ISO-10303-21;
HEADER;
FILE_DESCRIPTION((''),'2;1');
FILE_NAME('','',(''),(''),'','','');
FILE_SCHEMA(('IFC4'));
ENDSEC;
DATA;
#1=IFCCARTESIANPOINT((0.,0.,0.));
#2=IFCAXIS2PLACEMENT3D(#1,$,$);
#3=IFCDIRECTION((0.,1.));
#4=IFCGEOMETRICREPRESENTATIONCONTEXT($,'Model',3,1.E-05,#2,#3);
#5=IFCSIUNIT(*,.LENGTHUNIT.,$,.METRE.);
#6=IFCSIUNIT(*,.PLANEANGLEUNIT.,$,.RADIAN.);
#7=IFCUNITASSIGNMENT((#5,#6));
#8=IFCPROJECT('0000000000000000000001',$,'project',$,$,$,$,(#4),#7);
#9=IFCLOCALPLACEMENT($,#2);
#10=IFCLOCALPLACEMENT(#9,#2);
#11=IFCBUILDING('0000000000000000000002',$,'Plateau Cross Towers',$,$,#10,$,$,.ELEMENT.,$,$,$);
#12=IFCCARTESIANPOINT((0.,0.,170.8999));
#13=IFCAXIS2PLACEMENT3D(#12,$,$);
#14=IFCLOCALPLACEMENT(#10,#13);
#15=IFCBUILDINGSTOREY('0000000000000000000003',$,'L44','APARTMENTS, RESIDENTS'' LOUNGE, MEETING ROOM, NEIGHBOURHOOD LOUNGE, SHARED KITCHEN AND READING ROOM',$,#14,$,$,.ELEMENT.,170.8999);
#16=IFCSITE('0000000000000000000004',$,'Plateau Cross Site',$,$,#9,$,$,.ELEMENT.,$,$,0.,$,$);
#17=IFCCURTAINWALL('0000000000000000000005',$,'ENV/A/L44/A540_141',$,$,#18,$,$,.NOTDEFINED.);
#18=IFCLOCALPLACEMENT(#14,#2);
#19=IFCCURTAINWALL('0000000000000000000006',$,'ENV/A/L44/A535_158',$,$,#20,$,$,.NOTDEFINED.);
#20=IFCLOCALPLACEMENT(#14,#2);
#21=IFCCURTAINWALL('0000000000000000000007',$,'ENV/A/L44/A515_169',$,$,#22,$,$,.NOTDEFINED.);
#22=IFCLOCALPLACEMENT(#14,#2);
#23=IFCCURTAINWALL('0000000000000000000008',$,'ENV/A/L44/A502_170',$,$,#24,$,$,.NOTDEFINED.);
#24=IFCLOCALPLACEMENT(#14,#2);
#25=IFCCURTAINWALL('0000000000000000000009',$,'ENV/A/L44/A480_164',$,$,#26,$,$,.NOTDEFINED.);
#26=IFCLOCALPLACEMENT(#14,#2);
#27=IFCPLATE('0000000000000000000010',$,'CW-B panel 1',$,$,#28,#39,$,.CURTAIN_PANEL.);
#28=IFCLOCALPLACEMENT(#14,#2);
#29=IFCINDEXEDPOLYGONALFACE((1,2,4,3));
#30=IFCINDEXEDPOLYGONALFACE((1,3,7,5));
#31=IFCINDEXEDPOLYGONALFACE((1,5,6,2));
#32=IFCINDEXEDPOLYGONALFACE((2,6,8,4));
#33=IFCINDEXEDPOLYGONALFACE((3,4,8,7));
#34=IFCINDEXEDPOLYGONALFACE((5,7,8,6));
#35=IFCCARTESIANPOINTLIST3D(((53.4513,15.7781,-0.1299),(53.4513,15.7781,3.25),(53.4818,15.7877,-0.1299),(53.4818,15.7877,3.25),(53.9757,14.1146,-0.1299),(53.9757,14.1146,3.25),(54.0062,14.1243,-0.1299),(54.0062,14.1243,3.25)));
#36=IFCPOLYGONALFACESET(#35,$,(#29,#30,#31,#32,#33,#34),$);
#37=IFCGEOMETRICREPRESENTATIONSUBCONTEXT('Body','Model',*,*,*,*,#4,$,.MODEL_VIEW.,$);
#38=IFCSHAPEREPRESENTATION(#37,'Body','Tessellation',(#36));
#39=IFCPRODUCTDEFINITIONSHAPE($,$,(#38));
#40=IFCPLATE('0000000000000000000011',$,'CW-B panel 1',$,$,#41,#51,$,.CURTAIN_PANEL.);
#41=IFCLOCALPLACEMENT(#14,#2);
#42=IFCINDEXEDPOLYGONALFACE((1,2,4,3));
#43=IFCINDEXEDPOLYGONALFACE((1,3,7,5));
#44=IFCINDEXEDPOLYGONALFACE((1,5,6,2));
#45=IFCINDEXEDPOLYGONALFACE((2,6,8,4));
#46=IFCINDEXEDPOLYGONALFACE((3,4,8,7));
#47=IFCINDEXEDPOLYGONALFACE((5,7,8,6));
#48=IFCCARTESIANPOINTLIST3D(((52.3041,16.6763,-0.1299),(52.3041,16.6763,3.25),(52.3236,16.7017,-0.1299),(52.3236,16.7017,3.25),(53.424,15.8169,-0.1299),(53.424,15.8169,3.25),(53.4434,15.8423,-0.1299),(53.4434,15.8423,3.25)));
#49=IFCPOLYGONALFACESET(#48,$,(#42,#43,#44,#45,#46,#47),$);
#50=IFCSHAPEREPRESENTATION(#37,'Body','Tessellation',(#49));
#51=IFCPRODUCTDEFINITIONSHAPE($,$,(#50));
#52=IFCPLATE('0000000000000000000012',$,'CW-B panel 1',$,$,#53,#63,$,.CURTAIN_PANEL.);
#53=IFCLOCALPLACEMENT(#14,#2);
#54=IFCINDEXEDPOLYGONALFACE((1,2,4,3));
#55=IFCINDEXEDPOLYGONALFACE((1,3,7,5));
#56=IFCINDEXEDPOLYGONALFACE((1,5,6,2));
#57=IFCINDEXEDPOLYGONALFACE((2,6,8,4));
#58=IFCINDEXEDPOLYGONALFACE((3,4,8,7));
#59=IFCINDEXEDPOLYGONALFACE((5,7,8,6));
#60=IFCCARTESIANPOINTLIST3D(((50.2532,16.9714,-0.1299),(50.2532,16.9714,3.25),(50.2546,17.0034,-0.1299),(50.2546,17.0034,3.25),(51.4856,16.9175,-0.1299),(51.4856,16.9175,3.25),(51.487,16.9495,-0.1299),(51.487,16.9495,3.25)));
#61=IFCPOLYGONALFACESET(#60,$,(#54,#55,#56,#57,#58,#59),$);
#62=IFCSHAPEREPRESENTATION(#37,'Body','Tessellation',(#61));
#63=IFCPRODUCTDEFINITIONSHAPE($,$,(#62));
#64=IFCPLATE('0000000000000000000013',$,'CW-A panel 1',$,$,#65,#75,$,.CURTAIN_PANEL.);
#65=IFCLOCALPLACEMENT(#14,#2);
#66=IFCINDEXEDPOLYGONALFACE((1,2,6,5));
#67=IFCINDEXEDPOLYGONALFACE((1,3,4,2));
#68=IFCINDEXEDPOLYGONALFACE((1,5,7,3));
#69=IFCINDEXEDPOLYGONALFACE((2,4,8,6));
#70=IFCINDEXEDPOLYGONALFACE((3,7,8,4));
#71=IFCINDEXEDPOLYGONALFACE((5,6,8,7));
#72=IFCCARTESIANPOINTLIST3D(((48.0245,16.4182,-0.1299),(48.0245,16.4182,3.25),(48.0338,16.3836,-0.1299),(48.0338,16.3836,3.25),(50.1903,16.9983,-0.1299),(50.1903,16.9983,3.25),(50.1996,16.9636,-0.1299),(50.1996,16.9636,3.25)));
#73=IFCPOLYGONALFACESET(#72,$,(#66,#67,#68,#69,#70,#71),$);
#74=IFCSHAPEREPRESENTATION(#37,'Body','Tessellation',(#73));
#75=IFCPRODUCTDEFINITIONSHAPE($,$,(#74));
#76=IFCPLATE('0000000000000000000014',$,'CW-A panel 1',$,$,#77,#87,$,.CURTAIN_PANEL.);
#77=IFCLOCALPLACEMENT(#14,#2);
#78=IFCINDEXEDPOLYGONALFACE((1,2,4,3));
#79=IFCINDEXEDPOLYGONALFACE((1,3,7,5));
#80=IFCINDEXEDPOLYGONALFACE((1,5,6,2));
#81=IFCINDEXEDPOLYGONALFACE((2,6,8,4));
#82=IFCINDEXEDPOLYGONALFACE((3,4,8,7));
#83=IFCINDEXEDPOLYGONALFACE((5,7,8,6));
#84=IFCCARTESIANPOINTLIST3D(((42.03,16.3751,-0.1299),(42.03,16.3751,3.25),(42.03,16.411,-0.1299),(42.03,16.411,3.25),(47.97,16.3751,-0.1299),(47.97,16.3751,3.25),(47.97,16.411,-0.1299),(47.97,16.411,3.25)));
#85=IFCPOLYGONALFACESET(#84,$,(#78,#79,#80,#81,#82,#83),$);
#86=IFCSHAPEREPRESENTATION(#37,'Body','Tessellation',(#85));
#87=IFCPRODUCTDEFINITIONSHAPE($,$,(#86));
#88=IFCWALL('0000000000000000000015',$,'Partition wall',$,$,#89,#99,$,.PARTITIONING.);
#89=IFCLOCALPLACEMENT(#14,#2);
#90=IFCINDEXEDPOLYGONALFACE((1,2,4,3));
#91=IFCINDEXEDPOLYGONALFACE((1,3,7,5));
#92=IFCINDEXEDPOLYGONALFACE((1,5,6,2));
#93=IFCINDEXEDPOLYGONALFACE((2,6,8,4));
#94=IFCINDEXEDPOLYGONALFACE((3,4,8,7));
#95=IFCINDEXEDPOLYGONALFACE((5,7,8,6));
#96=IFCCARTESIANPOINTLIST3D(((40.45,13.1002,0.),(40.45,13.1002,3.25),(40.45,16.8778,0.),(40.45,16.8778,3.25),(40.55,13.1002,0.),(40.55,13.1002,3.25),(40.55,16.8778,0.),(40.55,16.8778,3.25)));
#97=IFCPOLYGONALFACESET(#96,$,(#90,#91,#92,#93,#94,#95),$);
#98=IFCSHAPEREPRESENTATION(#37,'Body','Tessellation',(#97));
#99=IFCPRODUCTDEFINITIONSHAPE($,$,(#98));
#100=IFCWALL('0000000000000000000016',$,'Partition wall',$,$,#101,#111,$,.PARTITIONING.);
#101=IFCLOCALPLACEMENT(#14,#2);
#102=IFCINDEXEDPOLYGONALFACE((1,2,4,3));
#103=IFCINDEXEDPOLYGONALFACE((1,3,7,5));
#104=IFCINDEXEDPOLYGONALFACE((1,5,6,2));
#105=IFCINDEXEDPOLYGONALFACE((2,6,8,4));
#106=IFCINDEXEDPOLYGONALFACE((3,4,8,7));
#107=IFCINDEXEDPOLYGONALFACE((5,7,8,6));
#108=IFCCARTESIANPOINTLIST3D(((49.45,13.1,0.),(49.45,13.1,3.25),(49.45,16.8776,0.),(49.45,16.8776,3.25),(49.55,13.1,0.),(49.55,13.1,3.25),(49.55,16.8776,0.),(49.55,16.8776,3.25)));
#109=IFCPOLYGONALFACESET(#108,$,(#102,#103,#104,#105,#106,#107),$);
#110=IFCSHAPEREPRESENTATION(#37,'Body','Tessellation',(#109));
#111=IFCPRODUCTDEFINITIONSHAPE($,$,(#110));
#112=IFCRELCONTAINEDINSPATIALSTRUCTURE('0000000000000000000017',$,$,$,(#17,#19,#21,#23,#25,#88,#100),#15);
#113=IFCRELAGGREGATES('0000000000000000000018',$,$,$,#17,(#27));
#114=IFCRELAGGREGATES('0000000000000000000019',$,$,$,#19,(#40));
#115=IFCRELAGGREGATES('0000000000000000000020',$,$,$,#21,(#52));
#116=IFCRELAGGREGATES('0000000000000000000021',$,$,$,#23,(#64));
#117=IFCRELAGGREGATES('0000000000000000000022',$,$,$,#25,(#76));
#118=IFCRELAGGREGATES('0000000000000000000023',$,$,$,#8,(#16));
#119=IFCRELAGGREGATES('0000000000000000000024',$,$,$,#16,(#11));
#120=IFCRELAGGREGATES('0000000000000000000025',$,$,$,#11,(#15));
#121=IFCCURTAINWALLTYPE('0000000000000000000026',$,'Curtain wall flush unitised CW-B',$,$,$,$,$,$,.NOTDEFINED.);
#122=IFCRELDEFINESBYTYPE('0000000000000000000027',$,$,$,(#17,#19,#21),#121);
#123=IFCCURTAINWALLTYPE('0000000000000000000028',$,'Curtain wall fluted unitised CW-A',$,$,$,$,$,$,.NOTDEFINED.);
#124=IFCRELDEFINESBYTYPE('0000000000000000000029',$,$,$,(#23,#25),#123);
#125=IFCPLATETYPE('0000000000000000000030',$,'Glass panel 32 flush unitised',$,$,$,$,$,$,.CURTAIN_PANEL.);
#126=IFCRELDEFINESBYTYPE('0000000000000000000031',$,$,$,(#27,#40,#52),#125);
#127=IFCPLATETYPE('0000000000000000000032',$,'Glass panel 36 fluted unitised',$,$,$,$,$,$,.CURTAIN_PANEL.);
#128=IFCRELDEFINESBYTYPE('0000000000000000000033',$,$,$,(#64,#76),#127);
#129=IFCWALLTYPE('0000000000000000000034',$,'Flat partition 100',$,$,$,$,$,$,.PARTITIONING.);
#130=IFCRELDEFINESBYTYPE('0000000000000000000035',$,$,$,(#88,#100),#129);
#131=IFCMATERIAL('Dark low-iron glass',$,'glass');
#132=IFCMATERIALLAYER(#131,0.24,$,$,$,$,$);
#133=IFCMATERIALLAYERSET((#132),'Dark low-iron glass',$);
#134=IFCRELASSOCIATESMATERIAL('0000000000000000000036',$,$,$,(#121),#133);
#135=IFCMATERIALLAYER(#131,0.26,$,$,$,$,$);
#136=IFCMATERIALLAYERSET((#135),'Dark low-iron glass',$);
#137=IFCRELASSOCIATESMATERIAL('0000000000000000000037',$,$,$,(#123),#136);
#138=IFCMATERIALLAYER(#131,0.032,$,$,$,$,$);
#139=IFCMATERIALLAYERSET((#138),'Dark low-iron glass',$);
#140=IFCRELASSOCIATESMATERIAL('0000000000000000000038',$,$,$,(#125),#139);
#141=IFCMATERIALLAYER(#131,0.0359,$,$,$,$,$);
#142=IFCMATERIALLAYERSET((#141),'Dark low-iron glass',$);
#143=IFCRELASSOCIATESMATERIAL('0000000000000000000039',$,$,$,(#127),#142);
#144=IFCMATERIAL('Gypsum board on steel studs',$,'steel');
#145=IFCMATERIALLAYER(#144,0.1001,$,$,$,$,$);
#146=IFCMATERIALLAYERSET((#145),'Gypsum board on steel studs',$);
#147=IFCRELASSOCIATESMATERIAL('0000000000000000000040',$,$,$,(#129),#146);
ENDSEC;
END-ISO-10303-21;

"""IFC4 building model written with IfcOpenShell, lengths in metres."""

from ifc_helpers import new_model, si_unit, direction, frame, frame_2d, origin, origin_2d, place, context, subcontext, project, spatial, rectangle, extrude, material, layer, layer_set, type_object, element, aggregate, save


model = new_model("IFC4")

# Units and contexts
model_context = context("Model", 3, precision=1e-05, world=origin(), true_north=direction((0.0, 1.0)))
body_context = subcontext(model_context, "Body", "Model", "MODEL_VIEW")
ifc_project = project(units=[si_unit("LENGTHUNIT", "METRE"), si_unit("PLANEANGLEUNIT", "RADIAN")], contexts=[model_context])

# Site, building, storey
site_placement = place(None, origin())
site = spatial("IfcSite", under=ifc_project, at=site_placement, Name="Plateau Cross Site", CompositionType="ELEMENT", RefElevation=0.0)
building_placement = place(site_placement, origin())
building = spatial("IfcBuilding", under=site, at=building_placement, Name="Plateau Cross Towers", CompositionType="ELEMENT")
storey_placement = place(building_placement, frame((0.0, 0.0, 170.8999)))
storey = spatial("IfcBuildingStorey", under=building, at=storey_placement, Name="L44", Description="APARTMENTS, RESIDENTS' LOUNGE, MEETING ROOM, NEIGHBOURHOOD LOUNGE, SHARED KITCHEN AND READING ROOM", CompositionType="ELEMENT", Elevation=170.8999)

# Curtain wall
ifc_material_1 = material(Name="Dark low-iron glass", Category="glass")
ifc_layer_1 = layer(ifc_material_1, 0.24)
ifc_layer_set_1 = layer_set([ifc_layer_1], Name="Dark low-iron glass")
curtain_wall_type_1 = type_object("IfcCurtainWallType", Name="Curtain wall flush unitised CW-B", PredefinedType="NOTDEFINED", material=ifc_layer_set_1)
curtain_wall_1_placement = place(storey_placement, origin())
curtain_wall_1 = element("IfcCurtainWall", 1, at=curtain_wall_1_placement, inside=storey, type_object=curtain_wall_type_1, Name="ENV/A/L44/A540_141", PredefinedType="NOTDEFINED")

# Curtain wall
curtain_wall_2_placement = place(storey_placement, origin())
curtain_wall_2 = element("IfcCurtainWall", 2, at=curtain_wall_2_placement, inside=storey, type_object=curtain_wall_type_1, Name="ENV/A/L44/A535_158", PredefinedType="NOTDEFINED")

# Curtain walls
curtain_wall_3_placement = place(storey_placement, origin())
curtain_wall_3 = element("IfcCurtainWall", 3, at=curtain_wall_3_placement, inside=storey, type_object=curtain_wall_type_1, Name="ENV/A/L44/A515_169", PredefinedType="NOTDEFINED")
ifc_layer_2 = layer(ifc_material_1, 0.26)
ifc_layer_set_2 = layer_set([ifc_layer_2], Name="Dark low-iron glass")
curtain_wall_type_2 = type_object("IfcCurtainWallType", Name="Curtain wall fluted unitised CW-A", PredefinedType="NOTDEFINED", material=ifc_layer_set_2)
curtain_wall_4_placement = place(storey_placement, origin())
curtain_wall_4 = element("IfcCurtainWall", 4, at=curtain_wall_4_placement, inside=storey, type_object=curtain_wall_type_2, Name="ENV/A/L44/A502_170", PredefinedType="NOTDEFINED")
curtain_wall_5_placement = place(storey_placement, origin())
curtain_wall_5 = element("IfcCurtainWall", 5, at=curtain_wall_5_placement, inside=storey, type_object=curtain_wall_type_2, Name="ENV/A/L44/A480_164", PredefinedType="NOTDEFINED")

# Plates
ifc_layer_3 = layer(ifc_material_1, 0.032)
ifc_layer_set_3 = layer_set([ifc_layer_3], Name="Dark low-iron glass")
plate_type_1 = type_object("IfcPlateType", Name="Glass panel 32 flush unitised", PredefinedType="CURTAIN_PANEL", material=ifc_layer_set_3)
plate_1_placement = place(storey_placement, frame((53.7288, 14.9512, -0.1299), z_axis=(0.0, 0.0, 1.0), x_axis=(-0.300686, 0.953723, 0.0)))
plate_1 = element("IfcPlate", 6, at=plate_1_placement, type_object=plate_type_1, Name="CW-B panel 1", PredefinedType="CURTAIN_PANEL", context=body_context, shape_type="SweptSolid", body=[
    extrude(rectangle(XDim=1.7441, YDim=0.032, at=origin_2d()), origin(), (0.0, 0.0, 1.0), 3.3799),
])
aggregate(curtain_wall_1, [plate_1])
plate_2_placement = place(storey_placement, frame((52.8738, 16.2593, -0.1299), z_axis=(0.0, 0.0, 1.0), x_axis=(-0.793316, 0.608811, 0.0)))
plate_2 = element("IfcPlate", 7, at=plate_2_placement, type_object=plate_type_1, Name="CW-B panel 1", PredefinedType="CURTAIN_PANEL", context=body_context, shape_type="SweptSolid", body=[
    extrude(rectangle(XDim=1.4116, YDim=0.032, at=origin_2d()), origin(), (0.0, 0.0, 1.0), 3.3799),
])
aggregate(curtain_wall_2, [plate_2])
plate_3_placement = place(storey_placement, frame((50.8701, 16.9604, -0.1299), z_axis=(0.0, 0.0, 1.0), x_axis=(-0.999044, 0.043723, 0.0)))
plate_3 = element("IfcPlate", 8, at=plate_3_placement, type_object=plate_type_1, Name="CW-B panel 1", PredefinedType="CURTAIN_PANEL", context=body_context, shape_type="SweptSolid", body=[
    extrude(rectangle(XDim=1.2336, YDim=0.032, at=origin_2d()), origin(), (0.0, 0.0, 1.0), 3.3799),
])
aggregate(curtain_wall_3, [plate_3])
ifc_layer_4 = layer(ifc_material_1, 0.0359)
ifc_layer_set_4 = layer_set([ifc_layer_4], Name="Dark low-iron glass")
plate_type_2 = type_object("IfcPlateType", Name="Glass panel 36 fluted unitised", PredefinedType="CURTAIN_PANEL", material=ifc_layer_set_4)
plate_4_placement = place(storey_placement, frame((49.1121, 16.6909, -0.1299), z_axis=(0.0, 0.0, 1.0), x_axis=(-0.965958, -0.258699, 0.0)))
plate_4 = element("IfcPlate", 9, at=plate_4_placement, type_object=plate_type_2, Name="CW-A panel 1", PredefinedType="CURTAIN_PANEL", context=body_context, shape_type="SweptSolid", body=[
    extrude(rectangle(XDim=2.2422, YDim=0.0359, at=origin_2d()), origin(), (0.0, 0.0, 1.0), 3.3799),
])
aggregate(curtain_wall_4, [plate_4])
plate_5_placement = place(storey_placement, frame((45.0, 16.3931, -0.1299), z_axis=(0.0, 0.0, 1.0), x_axis=(-1.0, 0.0, 0.0)))
plate_5 = element("IfcPlate", 10, at=plate_5_placement, type_object=plate_type_2, Name="CW-A panel 1", PredefinedType="CURTAIN_PANEL", context=body_context, shape_type="SweptSolid", body=[
    extrude(rectangle(XDim=5.9399, YDim=0.0359, at=origin_2d()), origin(), (0.0, 0.0, 1.0), 3.3799),
])
aggregate(curtain_wall_5, [plate_5])

# Walls
ifc_material_2 = material(Name="Gypsum board on steel studs", Category="steel")
ifc_layer_5 = layer(ifc_material_2, 0.1001)
ifc_layer_set_5 = layer_set([ifc_layer_5], Name="Gypsum board on steel studs")
wall_type = type_object("IfcWallType", Name="Flat partition 100", PredefinedType="PARTITIONING", material=ifc_layer_set_5)
for number, where, z_axis, x_axis, name in (
    (11, (40.5, 16.8777, 0.0), (0.0, 0.0, 1.0), (0.0, -1.0, 0.0), "Partition wall"),
    (12, (49.5, 13.1001, 0.0), (0.0, 0.0, 1.0), (0.0, 1.0, 0.0), "Partition wall"),
):
    element("IfcWall", number, at=place(storey_placement, frame(where, z_axis=z_axis, x_axis=x_axis)), inside=storey, type_object=wall_type, Name=name, PredefinedType="PARTITIONING", context=body_context, shape_type="SweptSolid", body=[
        extrude(rectangle(XDim=3.7776, YDim=0.1001, at=frame_2d((1.8887, 0.0))), origin(), (0.0, 0.0, 1.0), 3.25),
    ])

save(model, "model.ifc")
